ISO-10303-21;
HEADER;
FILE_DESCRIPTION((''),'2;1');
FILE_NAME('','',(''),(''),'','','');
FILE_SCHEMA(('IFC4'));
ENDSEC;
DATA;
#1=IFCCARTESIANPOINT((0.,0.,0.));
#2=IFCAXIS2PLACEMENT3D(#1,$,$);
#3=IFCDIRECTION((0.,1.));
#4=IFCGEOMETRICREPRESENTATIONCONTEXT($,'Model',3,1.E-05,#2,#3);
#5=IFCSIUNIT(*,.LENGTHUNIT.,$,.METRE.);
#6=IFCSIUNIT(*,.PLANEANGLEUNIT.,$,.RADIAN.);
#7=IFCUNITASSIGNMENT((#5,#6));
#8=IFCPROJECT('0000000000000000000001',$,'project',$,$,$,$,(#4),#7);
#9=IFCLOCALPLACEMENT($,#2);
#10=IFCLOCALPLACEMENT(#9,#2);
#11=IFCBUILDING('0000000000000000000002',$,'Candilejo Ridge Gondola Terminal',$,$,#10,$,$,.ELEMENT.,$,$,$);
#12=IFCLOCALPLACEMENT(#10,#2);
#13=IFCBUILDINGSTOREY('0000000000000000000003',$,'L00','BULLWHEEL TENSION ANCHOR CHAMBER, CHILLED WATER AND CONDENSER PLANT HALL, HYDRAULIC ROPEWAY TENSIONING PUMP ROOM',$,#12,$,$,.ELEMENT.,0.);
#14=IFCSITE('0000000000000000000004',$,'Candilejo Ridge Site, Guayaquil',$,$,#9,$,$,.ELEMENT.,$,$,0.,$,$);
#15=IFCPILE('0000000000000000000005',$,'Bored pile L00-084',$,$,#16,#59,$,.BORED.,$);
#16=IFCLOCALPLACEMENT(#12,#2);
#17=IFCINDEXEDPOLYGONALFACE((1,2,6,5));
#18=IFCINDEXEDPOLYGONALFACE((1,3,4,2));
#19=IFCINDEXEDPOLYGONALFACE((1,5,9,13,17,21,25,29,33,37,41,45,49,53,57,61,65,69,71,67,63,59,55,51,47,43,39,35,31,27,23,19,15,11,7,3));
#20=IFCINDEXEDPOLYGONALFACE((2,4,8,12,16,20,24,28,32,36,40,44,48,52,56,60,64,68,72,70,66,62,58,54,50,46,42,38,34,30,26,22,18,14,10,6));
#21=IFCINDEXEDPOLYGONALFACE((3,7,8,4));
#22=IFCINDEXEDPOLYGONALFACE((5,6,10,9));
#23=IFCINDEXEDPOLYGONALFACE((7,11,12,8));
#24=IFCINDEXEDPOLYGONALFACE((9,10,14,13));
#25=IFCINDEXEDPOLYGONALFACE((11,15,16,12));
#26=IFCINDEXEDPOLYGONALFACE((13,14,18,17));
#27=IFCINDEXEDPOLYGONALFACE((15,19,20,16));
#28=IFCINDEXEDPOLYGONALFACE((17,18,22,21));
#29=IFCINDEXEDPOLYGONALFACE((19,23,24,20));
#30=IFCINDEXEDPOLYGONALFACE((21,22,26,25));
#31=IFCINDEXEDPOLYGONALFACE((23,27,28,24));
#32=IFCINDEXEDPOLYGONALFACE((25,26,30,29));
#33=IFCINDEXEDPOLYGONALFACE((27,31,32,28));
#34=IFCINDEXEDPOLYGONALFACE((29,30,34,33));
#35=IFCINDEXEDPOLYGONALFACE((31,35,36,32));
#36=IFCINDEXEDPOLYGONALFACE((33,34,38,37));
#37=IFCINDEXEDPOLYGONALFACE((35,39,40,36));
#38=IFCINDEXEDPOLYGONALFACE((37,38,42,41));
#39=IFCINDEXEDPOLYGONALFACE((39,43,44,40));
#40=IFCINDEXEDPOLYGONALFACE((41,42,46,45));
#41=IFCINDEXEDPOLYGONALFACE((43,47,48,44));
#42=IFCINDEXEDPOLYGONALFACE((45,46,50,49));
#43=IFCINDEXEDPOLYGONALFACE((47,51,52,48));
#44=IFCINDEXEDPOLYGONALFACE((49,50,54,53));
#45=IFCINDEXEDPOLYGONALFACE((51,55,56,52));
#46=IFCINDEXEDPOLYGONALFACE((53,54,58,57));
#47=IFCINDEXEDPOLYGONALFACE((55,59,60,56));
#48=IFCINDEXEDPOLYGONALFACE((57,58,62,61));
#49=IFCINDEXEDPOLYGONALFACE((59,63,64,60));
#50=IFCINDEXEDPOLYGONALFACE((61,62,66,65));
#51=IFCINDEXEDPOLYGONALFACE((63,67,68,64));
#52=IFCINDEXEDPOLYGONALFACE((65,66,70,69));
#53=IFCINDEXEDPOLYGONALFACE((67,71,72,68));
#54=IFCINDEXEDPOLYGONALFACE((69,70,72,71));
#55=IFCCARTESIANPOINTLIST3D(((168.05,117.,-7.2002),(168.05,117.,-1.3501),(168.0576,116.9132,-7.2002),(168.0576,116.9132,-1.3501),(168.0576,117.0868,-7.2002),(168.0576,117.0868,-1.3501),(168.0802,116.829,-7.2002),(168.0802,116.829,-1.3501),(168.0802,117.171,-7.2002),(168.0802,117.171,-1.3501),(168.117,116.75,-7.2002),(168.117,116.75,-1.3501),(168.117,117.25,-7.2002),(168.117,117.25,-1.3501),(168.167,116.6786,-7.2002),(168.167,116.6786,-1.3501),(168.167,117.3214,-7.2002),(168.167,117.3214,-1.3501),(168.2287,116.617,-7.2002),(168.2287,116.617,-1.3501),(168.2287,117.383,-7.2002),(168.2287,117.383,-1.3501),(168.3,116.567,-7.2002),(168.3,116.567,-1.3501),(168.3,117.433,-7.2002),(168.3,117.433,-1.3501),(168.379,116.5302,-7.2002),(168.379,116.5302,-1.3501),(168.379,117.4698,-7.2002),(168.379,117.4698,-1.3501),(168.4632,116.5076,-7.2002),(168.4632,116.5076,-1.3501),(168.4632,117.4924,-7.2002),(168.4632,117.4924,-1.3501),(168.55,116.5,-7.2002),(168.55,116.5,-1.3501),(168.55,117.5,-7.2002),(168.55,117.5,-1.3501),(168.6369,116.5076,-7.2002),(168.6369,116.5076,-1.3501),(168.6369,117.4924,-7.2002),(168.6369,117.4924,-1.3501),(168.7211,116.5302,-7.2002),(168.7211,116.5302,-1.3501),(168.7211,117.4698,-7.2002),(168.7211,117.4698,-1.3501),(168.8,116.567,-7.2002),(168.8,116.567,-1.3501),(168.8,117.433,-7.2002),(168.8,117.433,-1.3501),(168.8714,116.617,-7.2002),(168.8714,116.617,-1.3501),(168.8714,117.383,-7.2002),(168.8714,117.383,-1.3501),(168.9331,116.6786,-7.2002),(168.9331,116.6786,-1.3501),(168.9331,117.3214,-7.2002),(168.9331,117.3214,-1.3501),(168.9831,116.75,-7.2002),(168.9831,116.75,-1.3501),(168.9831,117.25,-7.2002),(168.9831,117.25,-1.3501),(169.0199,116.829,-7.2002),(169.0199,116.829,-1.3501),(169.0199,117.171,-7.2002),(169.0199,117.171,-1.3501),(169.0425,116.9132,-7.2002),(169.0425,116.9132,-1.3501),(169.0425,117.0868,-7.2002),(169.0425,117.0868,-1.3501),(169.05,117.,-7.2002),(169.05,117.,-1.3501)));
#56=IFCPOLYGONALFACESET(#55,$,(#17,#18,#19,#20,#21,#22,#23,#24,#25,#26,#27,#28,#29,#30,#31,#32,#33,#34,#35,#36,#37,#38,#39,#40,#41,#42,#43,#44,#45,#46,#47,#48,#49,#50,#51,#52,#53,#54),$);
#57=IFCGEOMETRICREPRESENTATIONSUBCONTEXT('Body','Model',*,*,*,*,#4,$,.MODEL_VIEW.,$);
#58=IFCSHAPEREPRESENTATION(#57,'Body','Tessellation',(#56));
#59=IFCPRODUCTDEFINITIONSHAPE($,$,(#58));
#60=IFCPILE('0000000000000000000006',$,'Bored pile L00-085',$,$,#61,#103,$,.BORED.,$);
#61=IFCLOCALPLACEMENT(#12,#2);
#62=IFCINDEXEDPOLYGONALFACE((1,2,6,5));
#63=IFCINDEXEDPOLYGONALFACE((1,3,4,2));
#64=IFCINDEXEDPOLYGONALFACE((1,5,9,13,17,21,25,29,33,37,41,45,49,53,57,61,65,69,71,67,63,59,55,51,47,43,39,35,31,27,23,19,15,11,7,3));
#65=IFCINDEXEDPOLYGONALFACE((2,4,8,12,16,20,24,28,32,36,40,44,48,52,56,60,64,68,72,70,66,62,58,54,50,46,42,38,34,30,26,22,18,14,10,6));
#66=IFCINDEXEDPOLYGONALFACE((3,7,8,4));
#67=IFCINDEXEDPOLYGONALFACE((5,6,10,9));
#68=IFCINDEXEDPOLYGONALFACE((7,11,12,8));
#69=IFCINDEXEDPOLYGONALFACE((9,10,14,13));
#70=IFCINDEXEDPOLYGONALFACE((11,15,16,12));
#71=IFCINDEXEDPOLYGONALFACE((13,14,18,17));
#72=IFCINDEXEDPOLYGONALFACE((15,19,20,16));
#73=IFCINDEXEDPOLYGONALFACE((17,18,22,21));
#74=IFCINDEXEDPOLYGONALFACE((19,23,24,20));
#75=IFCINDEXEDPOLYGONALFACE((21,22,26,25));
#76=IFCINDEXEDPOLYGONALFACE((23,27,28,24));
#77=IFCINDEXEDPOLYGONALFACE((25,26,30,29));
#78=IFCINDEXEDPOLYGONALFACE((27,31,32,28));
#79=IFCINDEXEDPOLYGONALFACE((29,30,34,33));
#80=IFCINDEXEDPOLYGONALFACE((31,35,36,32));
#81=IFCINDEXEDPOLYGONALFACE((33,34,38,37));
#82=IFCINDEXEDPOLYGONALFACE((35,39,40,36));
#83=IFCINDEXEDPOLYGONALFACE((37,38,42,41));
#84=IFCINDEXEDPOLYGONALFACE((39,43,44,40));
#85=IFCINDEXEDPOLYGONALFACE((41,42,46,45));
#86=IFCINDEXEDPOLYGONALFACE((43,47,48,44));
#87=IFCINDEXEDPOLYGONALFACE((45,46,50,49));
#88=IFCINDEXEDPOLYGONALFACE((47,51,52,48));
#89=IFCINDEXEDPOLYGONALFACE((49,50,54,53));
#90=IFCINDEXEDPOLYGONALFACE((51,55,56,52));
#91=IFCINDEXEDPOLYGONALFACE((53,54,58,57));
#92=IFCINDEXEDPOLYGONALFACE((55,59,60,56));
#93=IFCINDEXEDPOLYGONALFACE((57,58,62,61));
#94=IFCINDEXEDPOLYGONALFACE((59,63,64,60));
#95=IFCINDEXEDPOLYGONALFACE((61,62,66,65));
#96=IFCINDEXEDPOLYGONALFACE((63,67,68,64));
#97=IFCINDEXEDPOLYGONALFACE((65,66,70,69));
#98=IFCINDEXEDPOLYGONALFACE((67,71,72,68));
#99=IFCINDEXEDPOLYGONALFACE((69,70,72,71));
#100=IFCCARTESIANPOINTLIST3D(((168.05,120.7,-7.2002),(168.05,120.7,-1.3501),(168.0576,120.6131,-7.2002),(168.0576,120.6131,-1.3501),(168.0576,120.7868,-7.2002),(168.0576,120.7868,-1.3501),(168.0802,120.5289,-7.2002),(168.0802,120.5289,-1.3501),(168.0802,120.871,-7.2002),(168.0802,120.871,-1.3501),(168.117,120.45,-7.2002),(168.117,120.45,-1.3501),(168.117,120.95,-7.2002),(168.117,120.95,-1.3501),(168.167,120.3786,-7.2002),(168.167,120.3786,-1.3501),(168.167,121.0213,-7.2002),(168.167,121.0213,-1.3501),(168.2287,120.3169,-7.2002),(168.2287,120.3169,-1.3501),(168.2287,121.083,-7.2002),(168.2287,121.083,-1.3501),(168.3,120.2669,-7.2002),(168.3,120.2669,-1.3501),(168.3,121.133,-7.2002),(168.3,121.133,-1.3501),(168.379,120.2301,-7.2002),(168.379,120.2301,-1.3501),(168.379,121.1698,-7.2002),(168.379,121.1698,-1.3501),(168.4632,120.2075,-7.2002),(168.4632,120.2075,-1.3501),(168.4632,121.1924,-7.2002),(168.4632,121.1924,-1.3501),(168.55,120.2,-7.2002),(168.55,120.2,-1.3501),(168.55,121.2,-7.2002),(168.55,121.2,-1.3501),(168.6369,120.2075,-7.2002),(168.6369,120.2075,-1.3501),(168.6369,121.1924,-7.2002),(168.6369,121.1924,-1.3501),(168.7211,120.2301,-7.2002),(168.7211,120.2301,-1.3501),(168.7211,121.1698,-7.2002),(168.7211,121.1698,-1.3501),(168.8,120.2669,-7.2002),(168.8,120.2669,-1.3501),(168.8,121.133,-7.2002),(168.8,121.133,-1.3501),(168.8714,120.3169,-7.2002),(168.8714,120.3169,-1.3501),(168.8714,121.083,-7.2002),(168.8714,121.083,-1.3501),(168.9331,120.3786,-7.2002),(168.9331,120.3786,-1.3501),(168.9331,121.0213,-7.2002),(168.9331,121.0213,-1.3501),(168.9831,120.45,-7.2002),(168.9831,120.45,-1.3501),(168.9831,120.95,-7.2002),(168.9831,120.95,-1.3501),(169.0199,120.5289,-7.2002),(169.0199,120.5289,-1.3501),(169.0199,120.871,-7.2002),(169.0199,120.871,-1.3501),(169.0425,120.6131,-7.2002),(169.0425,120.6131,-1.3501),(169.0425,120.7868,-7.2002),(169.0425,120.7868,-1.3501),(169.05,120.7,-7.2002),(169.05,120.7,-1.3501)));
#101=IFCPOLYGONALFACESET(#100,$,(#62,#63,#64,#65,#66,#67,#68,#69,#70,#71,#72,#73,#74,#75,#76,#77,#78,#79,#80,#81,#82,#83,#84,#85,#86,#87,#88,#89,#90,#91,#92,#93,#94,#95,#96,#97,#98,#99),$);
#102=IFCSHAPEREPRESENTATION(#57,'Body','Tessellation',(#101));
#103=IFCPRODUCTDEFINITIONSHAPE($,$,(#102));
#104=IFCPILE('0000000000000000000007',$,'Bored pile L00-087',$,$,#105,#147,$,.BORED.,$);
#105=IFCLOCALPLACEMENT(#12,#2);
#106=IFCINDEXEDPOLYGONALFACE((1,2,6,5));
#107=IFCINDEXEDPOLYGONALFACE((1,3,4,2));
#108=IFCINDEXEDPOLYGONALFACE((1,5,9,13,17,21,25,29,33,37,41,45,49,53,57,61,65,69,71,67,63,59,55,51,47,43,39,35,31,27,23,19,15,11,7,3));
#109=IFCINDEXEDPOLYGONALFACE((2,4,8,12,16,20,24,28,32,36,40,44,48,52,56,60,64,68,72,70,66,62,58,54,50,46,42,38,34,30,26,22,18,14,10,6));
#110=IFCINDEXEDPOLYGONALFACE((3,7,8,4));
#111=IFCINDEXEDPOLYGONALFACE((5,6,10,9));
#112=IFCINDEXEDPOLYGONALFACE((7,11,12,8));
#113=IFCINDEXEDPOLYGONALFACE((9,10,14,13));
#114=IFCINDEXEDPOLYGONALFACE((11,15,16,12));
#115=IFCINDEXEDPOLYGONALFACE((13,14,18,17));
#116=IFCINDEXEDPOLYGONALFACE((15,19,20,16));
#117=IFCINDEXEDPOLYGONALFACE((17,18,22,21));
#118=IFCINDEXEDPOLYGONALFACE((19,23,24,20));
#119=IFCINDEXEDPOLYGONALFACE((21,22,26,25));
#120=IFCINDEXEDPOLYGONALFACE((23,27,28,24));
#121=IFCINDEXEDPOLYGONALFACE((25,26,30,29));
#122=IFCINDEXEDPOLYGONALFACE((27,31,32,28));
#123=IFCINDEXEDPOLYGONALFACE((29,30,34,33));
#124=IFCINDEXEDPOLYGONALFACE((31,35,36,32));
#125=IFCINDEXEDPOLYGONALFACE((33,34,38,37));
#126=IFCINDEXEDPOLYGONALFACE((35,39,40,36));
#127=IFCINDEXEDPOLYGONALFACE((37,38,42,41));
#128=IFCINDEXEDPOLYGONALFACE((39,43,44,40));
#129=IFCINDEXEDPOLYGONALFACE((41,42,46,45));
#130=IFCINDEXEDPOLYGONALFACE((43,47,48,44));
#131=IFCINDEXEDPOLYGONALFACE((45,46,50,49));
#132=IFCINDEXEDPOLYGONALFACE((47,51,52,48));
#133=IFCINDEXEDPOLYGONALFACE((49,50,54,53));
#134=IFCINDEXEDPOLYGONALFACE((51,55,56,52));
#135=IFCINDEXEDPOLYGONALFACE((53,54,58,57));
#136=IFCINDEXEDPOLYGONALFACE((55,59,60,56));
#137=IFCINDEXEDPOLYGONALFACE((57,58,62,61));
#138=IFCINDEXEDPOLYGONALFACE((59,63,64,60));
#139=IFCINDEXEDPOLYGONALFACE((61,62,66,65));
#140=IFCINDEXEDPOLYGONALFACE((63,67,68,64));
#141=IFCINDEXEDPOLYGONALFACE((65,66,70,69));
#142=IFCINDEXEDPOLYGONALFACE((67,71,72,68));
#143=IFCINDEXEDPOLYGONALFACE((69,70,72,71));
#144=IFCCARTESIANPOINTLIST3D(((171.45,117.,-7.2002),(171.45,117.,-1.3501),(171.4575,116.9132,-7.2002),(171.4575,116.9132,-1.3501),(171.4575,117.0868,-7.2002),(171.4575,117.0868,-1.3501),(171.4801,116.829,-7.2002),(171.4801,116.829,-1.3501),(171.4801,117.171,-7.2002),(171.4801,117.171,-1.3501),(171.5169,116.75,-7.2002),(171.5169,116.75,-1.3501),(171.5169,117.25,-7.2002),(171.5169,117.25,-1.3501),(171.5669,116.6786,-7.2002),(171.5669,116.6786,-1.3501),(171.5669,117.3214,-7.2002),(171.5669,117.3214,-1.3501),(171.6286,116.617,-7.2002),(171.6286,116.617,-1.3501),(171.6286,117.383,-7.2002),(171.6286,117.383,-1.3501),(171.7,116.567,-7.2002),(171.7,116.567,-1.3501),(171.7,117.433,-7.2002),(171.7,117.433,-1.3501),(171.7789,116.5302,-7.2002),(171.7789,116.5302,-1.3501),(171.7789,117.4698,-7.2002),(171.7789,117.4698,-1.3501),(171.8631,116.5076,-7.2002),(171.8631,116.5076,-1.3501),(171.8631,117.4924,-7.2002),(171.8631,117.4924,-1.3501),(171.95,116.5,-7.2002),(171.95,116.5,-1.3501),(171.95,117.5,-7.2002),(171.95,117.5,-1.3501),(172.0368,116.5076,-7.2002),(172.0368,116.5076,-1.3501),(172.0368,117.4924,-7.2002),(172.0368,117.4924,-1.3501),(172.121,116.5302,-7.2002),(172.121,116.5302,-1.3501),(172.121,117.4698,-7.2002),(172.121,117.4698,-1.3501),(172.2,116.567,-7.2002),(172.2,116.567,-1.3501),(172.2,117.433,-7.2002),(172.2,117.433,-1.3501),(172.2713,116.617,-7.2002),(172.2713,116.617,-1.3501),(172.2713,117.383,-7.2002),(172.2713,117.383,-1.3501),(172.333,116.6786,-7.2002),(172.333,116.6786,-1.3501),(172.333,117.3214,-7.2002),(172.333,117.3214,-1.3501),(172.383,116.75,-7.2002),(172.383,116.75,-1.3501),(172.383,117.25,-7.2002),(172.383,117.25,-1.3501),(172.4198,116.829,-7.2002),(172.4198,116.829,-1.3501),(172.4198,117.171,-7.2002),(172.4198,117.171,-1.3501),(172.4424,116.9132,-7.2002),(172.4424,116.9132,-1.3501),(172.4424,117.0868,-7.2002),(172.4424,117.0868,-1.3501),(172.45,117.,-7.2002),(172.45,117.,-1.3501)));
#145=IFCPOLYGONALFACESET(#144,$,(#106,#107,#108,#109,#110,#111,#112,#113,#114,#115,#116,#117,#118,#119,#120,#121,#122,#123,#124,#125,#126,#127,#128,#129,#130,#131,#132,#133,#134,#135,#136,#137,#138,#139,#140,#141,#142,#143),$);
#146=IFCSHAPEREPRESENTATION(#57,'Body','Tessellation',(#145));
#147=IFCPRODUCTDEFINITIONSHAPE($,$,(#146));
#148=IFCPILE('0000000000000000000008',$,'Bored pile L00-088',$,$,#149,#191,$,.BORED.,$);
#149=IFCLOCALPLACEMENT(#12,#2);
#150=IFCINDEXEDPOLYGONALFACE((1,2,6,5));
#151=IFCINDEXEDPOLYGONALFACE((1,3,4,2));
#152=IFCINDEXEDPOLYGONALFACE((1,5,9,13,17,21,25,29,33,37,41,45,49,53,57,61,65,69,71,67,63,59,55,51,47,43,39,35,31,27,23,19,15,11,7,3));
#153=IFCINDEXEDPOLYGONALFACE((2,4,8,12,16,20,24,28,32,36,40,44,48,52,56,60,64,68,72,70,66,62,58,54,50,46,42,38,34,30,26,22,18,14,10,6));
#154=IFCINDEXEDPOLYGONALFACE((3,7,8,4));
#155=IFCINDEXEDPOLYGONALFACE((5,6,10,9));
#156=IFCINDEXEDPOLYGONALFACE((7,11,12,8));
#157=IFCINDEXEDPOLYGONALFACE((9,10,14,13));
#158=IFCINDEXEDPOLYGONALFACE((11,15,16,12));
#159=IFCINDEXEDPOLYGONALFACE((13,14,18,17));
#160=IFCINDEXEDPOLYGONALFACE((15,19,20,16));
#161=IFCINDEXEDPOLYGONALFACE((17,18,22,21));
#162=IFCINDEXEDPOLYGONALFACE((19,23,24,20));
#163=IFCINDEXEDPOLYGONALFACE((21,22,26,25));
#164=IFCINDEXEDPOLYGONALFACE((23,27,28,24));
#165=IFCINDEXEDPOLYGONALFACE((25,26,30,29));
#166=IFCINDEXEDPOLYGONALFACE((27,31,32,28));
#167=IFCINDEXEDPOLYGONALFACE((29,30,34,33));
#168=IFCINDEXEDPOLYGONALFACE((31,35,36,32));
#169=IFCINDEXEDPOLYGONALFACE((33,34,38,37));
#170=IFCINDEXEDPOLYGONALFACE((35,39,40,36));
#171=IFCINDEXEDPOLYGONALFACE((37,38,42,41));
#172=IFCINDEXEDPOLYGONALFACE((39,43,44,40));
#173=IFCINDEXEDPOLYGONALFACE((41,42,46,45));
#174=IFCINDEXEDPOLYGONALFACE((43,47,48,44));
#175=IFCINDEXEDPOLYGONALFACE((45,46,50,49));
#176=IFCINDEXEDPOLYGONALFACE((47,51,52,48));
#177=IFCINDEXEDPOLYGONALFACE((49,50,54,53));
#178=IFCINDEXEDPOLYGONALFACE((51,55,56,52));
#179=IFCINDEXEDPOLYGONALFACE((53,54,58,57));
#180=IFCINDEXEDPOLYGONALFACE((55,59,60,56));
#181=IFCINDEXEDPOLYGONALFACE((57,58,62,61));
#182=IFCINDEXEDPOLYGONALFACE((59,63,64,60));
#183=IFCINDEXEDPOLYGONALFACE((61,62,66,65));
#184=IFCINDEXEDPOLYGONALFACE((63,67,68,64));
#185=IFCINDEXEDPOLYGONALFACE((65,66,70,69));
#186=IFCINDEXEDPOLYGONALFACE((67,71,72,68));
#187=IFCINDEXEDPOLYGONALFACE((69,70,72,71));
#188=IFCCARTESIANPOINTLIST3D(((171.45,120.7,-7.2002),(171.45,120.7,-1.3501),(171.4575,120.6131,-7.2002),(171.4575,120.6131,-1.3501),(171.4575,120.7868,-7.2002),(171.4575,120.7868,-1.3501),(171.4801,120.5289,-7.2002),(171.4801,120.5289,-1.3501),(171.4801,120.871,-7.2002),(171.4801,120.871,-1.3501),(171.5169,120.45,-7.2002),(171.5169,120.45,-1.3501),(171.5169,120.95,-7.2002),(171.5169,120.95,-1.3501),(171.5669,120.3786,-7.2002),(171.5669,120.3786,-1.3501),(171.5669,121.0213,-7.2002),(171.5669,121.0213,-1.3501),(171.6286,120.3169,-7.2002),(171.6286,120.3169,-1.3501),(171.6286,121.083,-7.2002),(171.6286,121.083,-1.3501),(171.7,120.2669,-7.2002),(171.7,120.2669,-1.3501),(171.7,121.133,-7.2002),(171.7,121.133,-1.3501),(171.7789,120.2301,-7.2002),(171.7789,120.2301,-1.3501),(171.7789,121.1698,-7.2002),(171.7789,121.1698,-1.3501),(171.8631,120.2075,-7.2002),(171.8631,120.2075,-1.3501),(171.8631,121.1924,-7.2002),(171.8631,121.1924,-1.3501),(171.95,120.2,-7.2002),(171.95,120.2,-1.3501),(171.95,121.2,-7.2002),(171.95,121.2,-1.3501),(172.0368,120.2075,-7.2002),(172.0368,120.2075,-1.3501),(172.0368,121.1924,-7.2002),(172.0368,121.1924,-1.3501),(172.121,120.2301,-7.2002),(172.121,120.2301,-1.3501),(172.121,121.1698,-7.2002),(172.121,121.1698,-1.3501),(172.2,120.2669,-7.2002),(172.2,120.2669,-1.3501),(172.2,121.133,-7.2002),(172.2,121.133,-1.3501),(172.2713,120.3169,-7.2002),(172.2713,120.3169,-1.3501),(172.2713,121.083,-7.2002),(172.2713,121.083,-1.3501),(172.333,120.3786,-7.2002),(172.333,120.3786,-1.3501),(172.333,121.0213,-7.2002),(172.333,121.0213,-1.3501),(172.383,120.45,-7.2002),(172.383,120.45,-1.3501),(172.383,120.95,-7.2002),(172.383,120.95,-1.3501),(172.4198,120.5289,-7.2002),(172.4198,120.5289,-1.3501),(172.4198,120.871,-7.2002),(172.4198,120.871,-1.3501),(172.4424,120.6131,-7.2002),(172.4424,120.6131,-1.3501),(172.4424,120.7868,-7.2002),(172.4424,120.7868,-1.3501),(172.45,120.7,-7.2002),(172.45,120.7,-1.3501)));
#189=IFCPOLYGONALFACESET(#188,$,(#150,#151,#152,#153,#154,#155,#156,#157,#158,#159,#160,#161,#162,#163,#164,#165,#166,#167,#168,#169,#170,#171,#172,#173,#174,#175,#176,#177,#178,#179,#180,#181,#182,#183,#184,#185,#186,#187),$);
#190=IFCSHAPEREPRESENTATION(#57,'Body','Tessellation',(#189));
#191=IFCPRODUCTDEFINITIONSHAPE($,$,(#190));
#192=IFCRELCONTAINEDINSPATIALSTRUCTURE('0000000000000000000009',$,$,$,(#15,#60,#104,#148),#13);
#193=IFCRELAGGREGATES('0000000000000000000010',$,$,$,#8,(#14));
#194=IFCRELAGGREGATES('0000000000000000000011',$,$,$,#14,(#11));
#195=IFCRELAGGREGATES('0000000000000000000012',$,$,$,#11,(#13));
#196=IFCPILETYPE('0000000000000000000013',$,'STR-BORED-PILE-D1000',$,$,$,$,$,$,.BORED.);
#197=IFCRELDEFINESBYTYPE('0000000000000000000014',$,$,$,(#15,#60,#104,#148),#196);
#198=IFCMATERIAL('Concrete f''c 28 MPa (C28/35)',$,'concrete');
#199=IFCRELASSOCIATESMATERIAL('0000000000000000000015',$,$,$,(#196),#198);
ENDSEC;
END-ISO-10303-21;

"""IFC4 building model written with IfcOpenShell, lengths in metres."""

from ifc_helpers import new_model, si_unit, direction, frame, origin, origin_2d, place, context, subcontext, project, spatial, circle, extrude, material, material_profile, profile_set, type_object, element, save


model = new_model("IFC4")

# Units and contexts
model_context = context("Model", 3, precision=1e-05, world=origin(), true_north=direction((0.0, 1.0)))
body_context = subcontext(model_context, "Body", "Model", "MODEL_VIEW")
ifc_project = project(units=[si_unit("LENGTHUNIT", "METRE"), si_unit("PLANEANGLEUNIT", "RADIAN")], contexts=[model_context])

# Site, building, storey
site_placement = place(None, origin())
site = spatial("IfcSite", under=ifc_project, at=site_placement, Name="Candilejo Ridge Site, Guayaquil", CompositionType="ELEMENT", RefElevation=0.0)
building_placement = place(site_placement, origin())
building = spatial("IfcBuilding", under=site, at=building_placement, Name="Candilejo Ridge Gondola Terminal", CompositionType="ELEMENT")
storey_placement = place(building_placement, origin())
storey = spatial("IfcBuildingStorey", under=building, at=storey_placement, Name="L00", Description="BULLWHEEL TENSION ANCHOR CHAMBER, CHILLED WATER AND CONDENSER PLANT HALL, HYDRAULIC ROPEWAY TENSIONING PUMP ROOM", CompositionType="ELEMENT", Elevation=0.0)

# Piles
ifc_material_1 = material(Name="Concrete f'c 28 MPa (C28/35)", Category="concrete")
ifc_material_profile_1 = material_profile(ifc_material_1, circle(Radius=0.5, at=origin_2d()))
ifc_profile_set_1 = profile_set([ifc_material_profile_1], Name="Concrete f'c 28 MPa (C28/35)")
pile_type = type_object("IfcPileType", Name="STR-BORED-PILE-D1000", PredefinedType="BORED", material=ifc_profile_set_1)
for number, where, z_axis, x_axis, name in (
    (1, (168.55, 117.0, -1.3501), (0.0, 0.0, -1.0), (1.0, 0.0, 0.0), "Bored pile L00-084"),
    (2, (168.55, 120.7, -1.3501), (0.0, 0.0, -1.0), (1.0, 0.0, 0.0), "Bored pile L00-085"),
    (3, (171.95, 117.0, -1.3501), (0.0, 0.0, -1.0), (1.0, 0.0, 0.0), "Bored pile L00-087"),
    (4, (171.95, 120.7, -1.3501), (0.0, 0.0, -1.0), (1.0, 0.0, 0.0), "Bored pile L00-088"),
):
    element("IfcPile", number, at=place(storey_placement, frame(where, z_axis=z_axis, x_axis=x_axis)), inside=storey, type_object=pile_type, Name=name, PredefinedType="BORED", context=body_context, shape_type="SweptSolid", body=[
        extrude(circle(Radius=0.5, at=origin_2d()), origin(), (0.0, 0.0, 1.0), 5.8501),
    ])

save(model, "model.ifc")
